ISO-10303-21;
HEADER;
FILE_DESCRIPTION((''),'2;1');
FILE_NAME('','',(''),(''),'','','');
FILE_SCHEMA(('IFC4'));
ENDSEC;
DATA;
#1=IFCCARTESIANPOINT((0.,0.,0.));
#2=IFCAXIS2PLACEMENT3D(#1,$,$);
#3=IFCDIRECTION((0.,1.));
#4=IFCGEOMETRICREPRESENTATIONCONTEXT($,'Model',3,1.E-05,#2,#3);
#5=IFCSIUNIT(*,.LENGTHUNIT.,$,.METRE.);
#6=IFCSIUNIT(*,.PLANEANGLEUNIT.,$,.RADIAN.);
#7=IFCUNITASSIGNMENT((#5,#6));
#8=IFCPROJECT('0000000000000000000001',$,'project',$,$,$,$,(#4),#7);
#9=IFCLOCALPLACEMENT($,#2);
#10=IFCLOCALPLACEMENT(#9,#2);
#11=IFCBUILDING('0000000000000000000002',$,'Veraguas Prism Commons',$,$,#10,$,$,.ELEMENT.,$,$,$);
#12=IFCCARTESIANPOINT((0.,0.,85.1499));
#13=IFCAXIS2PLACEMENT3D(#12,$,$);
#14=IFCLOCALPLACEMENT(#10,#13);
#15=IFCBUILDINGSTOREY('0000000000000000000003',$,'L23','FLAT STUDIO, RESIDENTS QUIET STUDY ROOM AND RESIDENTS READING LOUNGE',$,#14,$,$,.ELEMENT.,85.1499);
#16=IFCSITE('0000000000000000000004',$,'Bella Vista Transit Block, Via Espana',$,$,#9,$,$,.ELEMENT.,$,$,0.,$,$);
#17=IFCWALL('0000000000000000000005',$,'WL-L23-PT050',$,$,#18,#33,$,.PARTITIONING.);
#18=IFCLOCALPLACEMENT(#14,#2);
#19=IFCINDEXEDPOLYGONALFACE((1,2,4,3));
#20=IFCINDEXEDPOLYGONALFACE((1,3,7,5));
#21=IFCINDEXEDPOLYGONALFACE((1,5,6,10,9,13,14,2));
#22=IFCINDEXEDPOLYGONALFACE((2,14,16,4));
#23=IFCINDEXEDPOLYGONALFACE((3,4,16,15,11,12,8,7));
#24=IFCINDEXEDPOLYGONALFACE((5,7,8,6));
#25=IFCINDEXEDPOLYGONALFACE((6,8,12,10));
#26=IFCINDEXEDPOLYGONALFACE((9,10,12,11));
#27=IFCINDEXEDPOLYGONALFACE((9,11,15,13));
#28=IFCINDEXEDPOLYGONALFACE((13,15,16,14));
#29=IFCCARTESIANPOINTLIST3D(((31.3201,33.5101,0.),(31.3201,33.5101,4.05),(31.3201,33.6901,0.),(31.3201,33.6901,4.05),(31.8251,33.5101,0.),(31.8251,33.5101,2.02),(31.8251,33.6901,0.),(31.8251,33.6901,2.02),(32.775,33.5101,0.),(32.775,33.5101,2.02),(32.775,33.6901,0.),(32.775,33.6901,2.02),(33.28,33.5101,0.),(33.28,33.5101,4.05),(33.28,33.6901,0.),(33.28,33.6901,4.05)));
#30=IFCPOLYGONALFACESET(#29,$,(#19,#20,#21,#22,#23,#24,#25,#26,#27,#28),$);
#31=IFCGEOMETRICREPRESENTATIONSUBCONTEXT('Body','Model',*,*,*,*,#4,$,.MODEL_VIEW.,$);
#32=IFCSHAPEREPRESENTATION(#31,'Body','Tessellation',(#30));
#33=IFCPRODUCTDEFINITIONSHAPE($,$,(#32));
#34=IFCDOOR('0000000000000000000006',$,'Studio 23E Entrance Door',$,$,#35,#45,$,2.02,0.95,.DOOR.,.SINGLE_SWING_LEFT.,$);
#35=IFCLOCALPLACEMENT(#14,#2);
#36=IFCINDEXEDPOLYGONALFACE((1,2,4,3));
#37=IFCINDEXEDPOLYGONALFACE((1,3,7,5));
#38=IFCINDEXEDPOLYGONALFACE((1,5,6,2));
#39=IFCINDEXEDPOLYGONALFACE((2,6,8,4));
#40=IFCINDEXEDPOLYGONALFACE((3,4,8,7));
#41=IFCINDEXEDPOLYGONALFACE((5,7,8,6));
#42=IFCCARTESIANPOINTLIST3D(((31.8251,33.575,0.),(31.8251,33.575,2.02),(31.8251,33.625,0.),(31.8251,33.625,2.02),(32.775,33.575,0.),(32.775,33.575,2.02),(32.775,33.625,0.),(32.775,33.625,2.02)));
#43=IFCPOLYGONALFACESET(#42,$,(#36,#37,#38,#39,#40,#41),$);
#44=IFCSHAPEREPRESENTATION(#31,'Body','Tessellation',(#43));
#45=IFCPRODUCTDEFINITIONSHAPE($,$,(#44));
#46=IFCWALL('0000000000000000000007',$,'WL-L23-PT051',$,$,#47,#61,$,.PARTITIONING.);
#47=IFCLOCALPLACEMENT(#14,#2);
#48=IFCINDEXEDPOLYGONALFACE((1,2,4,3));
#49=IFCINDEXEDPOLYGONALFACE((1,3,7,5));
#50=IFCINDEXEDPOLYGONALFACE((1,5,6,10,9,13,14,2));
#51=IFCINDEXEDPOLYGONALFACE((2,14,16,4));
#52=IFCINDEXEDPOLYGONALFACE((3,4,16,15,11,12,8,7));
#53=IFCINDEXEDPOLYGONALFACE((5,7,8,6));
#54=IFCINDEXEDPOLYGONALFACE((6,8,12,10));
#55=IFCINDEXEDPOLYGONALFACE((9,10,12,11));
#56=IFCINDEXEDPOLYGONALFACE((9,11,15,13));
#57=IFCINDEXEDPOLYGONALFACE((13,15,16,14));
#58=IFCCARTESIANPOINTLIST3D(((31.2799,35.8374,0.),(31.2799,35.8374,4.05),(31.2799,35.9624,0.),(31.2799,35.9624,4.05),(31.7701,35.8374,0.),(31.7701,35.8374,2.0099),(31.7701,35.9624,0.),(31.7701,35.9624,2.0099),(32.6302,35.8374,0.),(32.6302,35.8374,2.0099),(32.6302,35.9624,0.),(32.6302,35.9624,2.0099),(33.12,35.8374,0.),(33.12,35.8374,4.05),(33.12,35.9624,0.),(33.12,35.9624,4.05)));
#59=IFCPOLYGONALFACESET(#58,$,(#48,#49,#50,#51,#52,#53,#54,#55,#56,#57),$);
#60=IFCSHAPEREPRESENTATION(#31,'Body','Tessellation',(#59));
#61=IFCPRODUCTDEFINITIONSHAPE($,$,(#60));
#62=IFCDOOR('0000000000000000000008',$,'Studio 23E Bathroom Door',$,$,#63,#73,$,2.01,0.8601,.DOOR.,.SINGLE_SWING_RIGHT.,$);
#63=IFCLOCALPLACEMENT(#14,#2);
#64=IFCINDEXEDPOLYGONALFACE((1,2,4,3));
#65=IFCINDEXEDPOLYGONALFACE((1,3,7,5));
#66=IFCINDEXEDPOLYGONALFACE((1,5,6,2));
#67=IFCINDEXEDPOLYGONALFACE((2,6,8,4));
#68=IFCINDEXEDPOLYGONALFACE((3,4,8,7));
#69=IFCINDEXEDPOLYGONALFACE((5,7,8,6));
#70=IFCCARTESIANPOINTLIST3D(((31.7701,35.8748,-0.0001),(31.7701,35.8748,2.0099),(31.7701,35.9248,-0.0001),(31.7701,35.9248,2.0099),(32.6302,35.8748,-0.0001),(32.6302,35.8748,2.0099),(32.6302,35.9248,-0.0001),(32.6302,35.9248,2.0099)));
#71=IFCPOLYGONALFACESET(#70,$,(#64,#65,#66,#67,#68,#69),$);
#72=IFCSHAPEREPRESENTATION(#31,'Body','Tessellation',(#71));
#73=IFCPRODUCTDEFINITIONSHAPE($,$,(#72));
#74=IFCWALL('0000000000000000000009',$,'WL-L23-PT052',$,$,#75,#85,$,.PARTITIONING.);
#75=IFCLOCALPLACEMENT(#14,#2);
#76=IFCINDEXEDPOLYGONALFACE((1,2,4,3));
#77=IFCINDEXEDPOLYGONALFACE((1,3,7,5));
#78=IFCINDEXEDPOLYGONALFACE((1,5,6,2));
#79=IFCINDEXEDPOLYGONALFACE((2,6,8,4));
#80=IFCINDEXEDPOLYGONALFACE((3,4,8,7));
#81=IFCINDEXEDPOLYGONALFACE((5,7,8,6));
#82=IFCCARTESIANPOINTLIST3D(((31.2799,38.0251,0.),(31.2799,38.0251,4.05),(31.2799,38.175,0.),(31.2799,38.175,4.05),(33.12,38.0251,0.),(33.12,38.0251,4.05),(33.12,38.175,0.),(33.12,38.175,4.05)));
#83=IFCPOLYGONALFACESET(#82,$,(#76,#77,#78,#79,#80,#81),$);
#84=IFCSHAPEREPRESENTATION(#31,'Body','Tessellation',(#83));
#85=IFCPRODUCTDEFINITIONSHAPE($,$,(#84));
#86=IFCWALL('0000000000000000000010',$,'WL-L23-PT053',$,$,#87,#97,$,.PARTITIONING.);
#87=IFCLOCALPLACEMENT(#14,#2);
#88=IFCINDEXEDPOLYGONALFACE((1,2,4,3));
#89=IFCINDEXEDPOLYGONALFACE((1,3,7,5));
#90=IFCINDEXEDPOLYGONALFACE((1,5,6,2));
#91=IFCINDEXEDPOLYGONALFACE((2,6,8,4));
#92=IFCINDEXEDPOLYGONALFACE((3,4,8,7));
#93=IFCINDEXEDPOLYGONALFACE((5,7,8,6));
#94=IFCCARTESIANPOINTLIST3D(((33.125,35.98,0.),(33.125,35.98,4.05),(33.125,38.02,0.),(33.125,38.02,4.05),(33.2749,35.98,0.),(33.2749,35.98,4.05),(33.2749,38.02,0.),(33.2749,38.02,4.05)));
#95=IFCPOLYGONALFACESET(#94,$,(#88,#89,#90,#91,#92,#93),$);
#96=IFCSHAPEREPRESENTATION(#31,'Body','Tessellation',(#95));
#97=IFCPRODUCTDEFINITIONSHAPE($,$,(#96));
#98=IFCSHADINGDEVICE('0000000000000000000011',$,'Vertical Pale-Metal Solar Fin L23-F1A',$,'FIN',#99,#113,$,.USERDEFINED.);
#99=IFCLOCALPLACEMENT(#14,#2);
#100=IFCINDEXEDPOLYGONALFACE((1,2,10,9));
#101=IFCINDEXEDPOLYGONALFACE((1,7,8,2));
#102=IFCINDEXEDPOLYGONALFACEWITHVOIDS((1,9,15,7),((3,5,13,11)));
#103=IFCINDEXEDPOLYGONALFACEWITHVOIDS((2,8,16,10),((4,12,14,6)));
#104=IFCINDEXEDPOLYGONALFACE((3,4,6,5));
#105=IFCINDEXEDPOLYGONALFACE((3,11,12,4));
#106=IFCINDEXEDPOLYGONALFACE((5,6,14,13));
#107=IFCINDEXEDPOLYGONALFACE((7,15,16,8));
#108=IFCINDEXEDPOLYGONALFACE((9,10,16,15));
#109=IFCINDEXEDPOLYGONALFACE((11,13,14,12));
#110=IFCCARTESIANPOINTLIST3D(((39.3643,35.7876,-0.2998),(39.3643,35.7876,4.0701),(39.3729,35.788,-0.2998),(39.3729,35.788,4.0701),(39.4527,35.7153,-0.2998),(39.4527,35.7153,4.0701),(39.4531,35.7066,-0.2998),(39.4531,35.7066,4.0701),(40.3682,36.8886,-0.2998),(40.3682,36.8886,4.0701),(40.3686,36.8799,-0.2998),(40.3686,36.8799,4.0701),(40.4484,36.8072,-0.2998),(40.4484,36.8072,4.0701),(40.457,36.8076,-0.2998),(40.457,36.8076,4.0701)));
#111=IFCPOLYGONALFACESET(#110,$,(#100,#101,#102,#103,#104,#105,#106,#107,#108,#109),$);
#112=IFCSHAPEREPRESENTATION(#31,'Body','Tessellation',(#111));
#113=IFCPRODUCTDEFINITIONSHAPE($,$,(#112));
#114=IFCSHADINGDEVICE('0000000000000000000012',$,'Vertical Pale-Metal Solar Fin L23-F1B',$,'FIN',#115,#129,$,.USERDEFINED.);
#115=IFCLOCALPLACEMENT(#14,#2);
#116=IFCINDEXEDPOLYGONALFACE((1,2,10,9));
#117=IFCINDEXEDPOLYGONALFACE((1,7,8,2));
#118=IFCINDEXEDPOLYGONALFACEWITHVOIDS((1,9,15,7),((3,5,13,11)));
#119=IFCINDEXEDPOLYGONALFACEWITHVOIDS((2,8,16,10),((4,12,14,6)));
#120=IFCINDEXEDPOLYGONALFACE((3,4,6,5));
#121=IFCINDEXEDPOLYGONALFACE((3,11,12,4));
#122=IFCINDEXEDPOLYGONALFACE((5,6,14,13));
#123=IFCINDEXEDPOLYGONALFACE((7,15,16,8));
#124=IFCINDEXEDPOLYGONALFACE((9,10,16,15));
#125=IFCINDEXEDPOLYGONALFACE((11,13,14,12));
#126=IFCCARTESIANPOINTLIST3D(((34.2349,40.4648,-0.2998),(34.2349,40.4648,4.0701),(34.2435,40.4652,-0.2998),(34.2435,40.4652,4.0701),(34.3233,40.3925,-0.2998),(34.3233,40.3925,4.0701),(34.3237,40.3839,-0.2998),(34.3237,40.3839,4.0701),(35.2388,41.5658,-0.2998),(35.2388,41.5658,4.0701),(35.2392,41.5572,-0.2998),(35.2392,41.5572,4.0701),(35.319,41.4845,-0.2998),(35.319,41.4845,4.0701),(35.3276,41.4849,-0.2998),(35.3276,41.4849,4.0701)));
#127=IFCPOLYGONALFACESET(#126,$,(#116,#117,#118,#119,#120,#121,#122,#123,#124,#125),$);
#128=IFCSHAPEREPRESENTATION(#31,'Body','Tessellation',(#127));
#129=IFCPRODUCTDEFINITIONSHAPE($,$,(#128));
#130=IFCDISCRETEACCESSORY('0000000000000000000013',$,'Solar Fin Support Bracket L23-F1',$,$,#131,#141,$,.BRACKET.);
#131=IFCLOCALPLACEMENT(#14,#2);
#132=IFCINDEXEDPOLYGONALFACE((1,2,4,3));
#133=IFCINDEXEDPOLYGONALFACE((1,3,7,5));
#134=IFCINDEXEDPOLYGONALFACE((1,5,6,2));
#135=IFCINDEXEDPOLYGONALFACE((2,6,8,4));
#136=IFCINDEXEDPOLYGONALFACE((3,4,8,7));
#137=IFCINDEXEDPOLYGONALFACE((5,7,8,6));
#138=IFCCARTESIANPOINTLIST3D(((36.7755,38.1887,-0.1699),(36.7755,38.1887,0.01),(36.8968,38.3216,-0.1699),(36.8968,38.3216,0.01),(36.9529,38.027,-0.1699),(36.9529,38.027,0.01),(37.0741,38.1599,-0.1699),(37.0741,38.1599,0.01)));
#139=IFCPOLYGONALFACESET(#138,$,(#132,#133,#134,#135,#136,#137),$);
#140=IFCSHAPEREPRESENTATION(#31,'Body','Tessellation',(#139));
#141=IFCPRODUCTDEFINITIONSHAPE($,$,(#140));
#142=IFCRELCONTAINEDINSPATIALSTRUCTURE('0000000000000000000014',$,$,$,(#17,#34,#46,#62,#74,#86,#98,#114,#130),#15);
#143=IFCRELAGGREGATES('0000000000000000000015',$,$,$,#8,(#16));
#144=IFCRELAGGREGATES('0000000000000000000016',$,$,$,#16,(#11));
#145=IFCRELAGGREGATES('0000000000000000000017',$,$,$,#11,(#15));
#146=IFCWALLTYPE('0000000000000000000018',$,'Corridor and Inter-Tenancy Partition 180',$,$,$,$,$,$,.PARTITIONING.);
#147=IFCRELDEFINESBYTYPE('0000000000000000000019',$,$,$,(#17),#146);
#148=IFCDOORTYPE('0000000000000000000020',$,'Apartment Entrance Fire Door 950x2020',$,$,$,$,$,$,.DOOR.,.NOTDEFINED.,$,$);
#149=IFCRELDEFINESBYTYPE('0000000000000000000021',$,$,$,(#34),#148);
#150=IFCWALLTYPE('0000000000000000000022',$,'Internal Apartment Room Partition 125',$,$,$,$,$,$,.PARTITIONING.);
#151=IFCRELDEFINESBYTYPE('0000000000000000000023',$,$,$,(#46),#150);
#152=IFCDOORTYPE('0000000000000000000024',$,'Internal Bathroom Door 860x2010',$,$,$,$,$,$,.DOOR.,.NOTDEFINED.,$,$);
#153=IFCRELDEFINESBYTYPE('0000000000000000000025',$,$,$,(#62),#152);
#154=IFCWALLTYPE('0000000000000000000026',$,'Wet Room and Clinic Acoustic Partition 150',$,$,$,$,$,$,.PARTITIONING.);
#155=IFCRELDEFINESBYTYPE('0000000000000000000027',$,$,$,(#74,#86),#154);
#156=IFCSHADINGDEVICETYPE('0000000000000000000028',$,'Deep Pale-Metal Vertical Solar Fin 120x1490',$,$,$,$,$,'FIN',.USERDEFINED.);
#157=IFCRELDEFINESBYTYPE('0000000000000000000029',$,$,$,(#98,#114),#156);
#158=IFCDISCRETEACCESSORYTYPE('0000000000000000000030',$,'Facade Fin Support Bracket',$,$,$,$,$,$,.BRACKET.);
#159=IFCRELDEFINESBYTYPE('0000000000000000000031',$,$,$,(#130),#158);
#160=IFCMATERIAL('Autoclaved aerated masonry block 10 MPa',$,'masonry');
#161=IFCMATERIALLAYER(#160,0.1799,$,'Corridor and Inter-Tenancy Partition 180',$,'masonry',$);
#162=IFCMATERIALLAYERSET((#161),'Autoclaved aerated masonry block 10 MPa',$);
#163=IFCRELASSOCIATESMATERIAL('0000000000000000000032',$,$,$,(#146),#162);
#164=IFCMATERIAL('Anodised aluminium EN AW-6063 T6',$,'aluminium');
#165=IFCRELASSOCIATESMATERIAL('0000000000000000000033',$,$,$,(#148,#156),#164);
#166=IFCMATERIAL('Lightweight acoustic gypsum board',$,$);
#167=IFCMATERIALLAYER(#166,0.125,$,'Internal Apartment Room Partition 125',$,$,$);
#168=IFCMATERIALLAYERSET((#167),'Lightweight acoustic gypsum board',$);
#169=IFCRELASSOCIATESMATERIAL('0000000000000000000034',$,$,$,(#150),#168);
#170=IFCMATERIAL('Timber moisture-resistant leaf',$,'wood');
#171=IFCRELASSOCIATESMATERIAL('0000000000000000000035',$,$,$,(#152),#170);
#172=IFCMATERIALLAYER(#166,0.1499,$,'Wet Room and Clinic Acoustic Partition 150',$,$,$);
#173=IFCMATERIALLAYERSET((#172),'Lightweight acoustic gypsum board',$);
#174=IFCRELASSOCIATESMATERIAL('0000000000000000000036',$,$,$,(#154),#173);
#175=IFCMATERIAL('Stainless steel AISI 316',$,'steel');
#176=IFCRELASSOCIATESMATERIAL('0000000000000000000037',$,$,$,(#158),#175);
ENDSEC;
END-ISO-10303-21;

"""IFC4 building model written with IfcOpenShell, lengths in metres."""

from ifc_helpers import new_model, si_unit, direction, frame, frame_2d, origin, origin_2d, place, context, subcontext, project, spatial, rectangle, hollow_rectangle, extrude, source, transform, mapped, material, layer, layer_set, material_profile, profile_set, type_object, element, fill, save


model = new_model("IFC4")

# Units and contexts
model_context = context("Model", 3, precision=1e-05, world=origin(), true_north=direction((0.0, 1.0)))
body_context = subcontext(model_context, "Body", "Model", "MODEL_VIEW")
ifc_project = project(units=[si_unit("LENGTHUNIT", "METRE"), si_unit("PLANEANGLEUNIT", "RADIAN")], contexts=[model_context])

# Site, building, storey
site_placement = place(None, origin())
site = spatial("IfcSite", under=ifc_project, at=site_placement, Name="Bella Vista Transit Block, Via Espana", CompositionType="ELEMENT", RefElevation=0.0)
building_placement = place(site_placement, origin())
building = spatial("IfcBuilding", under=site, at=building_placement, Name="Veraguas Prism Commons", CompositionType="ELEMENT")
storey_placement = place(building_placement, frame((0.0, 0.0, 85.1499)))
storey = spatial("IfcBuildingStorey", under=building, at=storey_placement, Name="L23", Description="FLAT STUDIO, RESIDENTS QUIET STUDY ROOM AND RESIDENTS READING LOUNGE", CompositionType="ELEMENT", Elevation=85.1499)

# Shared definitions
ifc_material_1 = material(Name="Anodised aluminium EN AW-6063 T6", Category="aluminium")

# Shared definitions
ifc_material_2 = material(Name="Autoclaved aerated masonry block 10 MPa", Category="masonry")
ifc_layer_1 = layer(ifc_material_2, 0.1799, Name="Corridor and Inter-Tenancy Partition 180", Category="masonry")
ifc_layer_set_1 = layer_set([ifc_layer_1], Name="Autoclaved aerated masonry block 10 MPa")
wall_type_1 = type_object("IfcWallType", Name="Corridor and Inter-Tenancy Partition 180", PredefinedType="PARTITIONING", material=ifc_layer_set_1)

# Walls, openings, doors
wall_1_placement = place(storey_placement, frame((31.3201, 33.6001, 0.0), z_axis=(0.0, 0.0, 1.0), x_axis=(1.0, 0.0, 0.0)))
wall_1 = element("IfcWall", 1, at=wall_1_placement, inside=storey, type_object=wall_type_1, Name="WL-L23-PT050", PredefinedType="PARTITIONING", context=body_context, shape_type="SweptSolid", body=[
    extrude(rectangle(XDim=1.96, YDim=0.1799, at=frame_2d((0.98, 0.0))), origin(), (0.0, 0.0, 1.0), 4.05),
])
opening_1_placement = place(wall_1_placement, frame((0.5049, 0.0, 0.0)))
opening_1 = element("IfcOpeningElement", 2, at=opening_1_placement, cuts=wall_1, PredefinedType="OPENING", context=body_context, shape_type="SweptSolid", body=[
    extrude(rectangle(XDim=0.95, YDim=2.02, at=frame_2d((0.4751, 1.01))), frame((0.0, 0.0999, 0.0), z_axis=(0.0, -1.0, 0.0), x_axis=(1.0, 0.0, 0.0)), (0.0, 0.0, 1.0), 0.2),
])
door_type_1 = type_object("IfcDoorType", Name="Apartment Entrance Fire Door 950x2020", OperationType="NOTDEFINED", PredefinedType="DOOR", material=ifc_material_1)
shared_shape_1 = source(origin(), body_context, "Body", "SweptSolid", [
    extrude(rectangle(XDim=0.95, YDim=2.02, at=frame_2d((0.4751, 1.01))), frame((0.0, 0.0249, 0.0), z_axis=(0.0, -1.0, 0.0), x_axis=(1.0, 0.0, 0.0)), (0.0, 0.0, 1.0), 0.05),
])
door_1_placement = place(opening_1_placement, origin())
door_1 = element("IfcDoor", 3, at=door_1_placement, inside=storey, type_object=door_type_1, Name="Studio 23E Entrance Door", OperationType="SINGLE_SWING_LEFT", OverallHeight=2.02, OverallWidth=0.95, PredefinedType="DOOR", context=body_context, shape_type="MappedRepresentation", body=[
    mapped(shared_shape_1, transform((0.0, 0.0, 0.0), scale=1.0)),
])
fill(opening_1, door_1)
ifc_material_3 = material(Name="Lightweight acoustic gypsum board")
ifc_layer_2 = layer(ifc_material_3, 0.125, Name="Internal Apartment Room Partition 125")
ifc_layer_set_2 = layer_set([ifc_layer_2], Name="Lightweight acoustic gypsum board")
wall_type_2 = type_object("IfcWallType", Name="Internal Apartment Room Partition 125", PredefinedType="PARTITIONING", material=ifc_layer_set_2)
wall_2_placement = place(storey_placement, frame((31.28, 35.8999, 0.0), z_axis=(0.0, 0.0, 1.0), x_axis=(1.0, 0.0, 0.0)))
wall_2 = element("IfcWall", 4, at=wall_2_placement, inside=storey, type_object=wall_type_2, Name="WL-L23-PT051", PredefinedType="PARTITIONING", context=body_context, shape_type="SweptSolid", body=[
    extrude(rectangle(XDim=1.8401, YDim=0.125, at=frame_2d((0.9199, 0.0))), origin(), (0.0, 0.0, 1.0), 4.05),
])
opening_2_placement = place(wall_2_placement, frame((0.49, 0.0, 0.0)))
opening_2 = element("IfcOpeningElement", 5, at=opening_2_placement, cuts=wall_2, PredefinedType="OPENING", context=body_context, shape_type="SweptSolid", body=[
    extrude(rectangle(XDim=0.8601, YDim=2.01, at=frame_2d((0.4302, 1.0049))), frame((0.0, 0.0725, 0.0), z_axis=(0.0, -1.0, 0.0), x_axis=(1.0, 0.0, 0.0)), (0.0, 0.0, 1.0), 0.145),
])
ifc_material_4 = material(Name="Timber moisture-resistant leaf", Category="wood")
door_type_2 = type_object("IfcDoorType", Name="Internal Bathroom Door 860x2010", OperationType="NOTDEFINED", PredefinedType="DOOR", material=ifc_material_4)
shared_shape_2 = source(origin(), body_context, "Body", "SweptSolid", [
    extrude(rectangle(XDim=0.8601, YDim=2.01, at=frame_2d((0.4302, 1.0049))), frame((0.0, 0.0249, 0.0), z_axis=(0.0, -1.0, 0.0), x_axis=(1.0, 0.0, 0.0)), (0.0, 0.0, 1.0), 0.05),
])
door_2_placement = place(opening_2_placement, origin())
door_2 = element("IfcDoor", 6, at=door_2_placement, inside=storey, type_object=door_type_2, Name="Studio 23E Bathroom Door", OperationType="SINGLE_SWING_RIGHT", OverallHeight=2.01, OverallWidth=0.8601, PredefinedType="DOOR", context=body_context, shape_type="MappedRepresentation", body=[
    mapped(shared_shape_2, transform((0.0, 0.0, 0.0), scale=1.0)),
])
fill(opening_2, door_2)

# Walls
ifc_layer_3 = layer(ifc_material_3, 0.1499, Name="Wet Room and Clinic Acoustic Partition 150")
ifc_layer_set_3 = layer_set([ifc_layer_3], Name="Lightweight acoustic gypsum board")
wall_type_3 = type_object("IfcWallType", Name="Wet Room and Clinic Acoustic Partition 150", PredefinedType="PARTITIONING", material=ifc_layer_set_3)
wall_3_placement = place(storey_placement, frame((31.28, 38.1001, 0.0), z_axis=(0.0, 0.0, 1.0), x_axis=(1.0, 0.0, 0.0)))
element("IfcWall", 7, at=wall_3_placement, inside=storey, type_object=wall_type_3, Name="WL-L23-PT052", PredefinedType="PARTITIONING", context=body_context, shape_type="SweptSolid", body=[
    extrude(rectangle(XDim=1.8401, YDim=0.1499, at=frame_2d((0.9199, 0.0))), origin(), (0.0, 0.0, 1.0), 4.05),
])
wall_4_placement = place(storey_placement, frame((33.2, 35.98, 0.0), z_axis=(0.0, 0.0, 1.0), x_axis=(0.0, 1.0, 0.0)))
element("IfcWall", 8, at=wall_4_placement, inside=storey, type_object=wall_type_3, Name="WL-L23-PT053", PredefinedType="PARTITIONING", context=body_context, shape_type="SweptSolid", body=[
    extrude(rectangle(XDim=2.04, YDim=0.1499, at=frame_2d((1.02, 0.0))), origin(), (0.0, 0.0, 1.0), 4.05),
])

# Shading devices
ifc_material_profile_1 = material_profile(ifc_material_1, hollow_rectangle(XDim=0.1201, YDim=1.49, WallThickness=0.0061, at=origin_2d()), Name="FIN120X1490X6")
ifc_profile_set_1 = profile_set([ifc_material_profile_1], Name="Anodised aluminium EN AW-6063 T6")
shading_device_type = type_object("IfcShadingDeviceType", Name="Deep Pale-Metal Vertical Solar Fin 120x1490", ElementType="FIN", PredefinedType="USERDEFINED", material=ifc_profile_set_1)
for number, where, z_axis, x_axis, name in (
    (9, (39.9106, 36.2976, -0.2998), (0.0, 0.0, 1.0), (-0.738925, 0.673788, 0.0), "Vertical Pale-Metal Solar Fin L23-F1A"),
    (10, (34.7812, 40.9749, -0.2998), (0.0, 0.0, 1.0), (-0.738925, 0.673788, 0.0), "Vertical Pale-Metal Solar Fin L23-F1B"),
):
    element("IfcShadingDevice", number, at=place(storey_placement, frame(where, z_axis=z_axis, x_axis=x_axis)), inside=storey, type_object=shading_device_type, Name=name, ObjectType="FIN", PredefinedType="USERDEFINED", context=body_context, shape_type="SweptSolid", body=[
        extrude(hollow_rectangle(XDim=0.1201, YDim=1.49, WallThickness=0.0061, at=origin_2d()), origin(), (0.0, 0.0, 1.0), 4.3699),
    ])

# Discrete accessory
ifc_material_5 = material(Name="Stainless steel AISI 316", Category="steel")
discrete_accessory_type = type_object("IfcDiscreteAccessoryType", Name="Facade Fin Support Bracket", PredefinedType="BRACKET", material=ifc_material_5)
shared_shape_3 = source(origin(), body_context, "Body", "SweptSolid", [
    extrude(rectangle(XDim=0.24, YDim=0.1799, at=origin_2d()), origin(), (0.0, 0.0, 1.0), 0.1799),
])
discrete_accessory_placement = place(storey_placement, frame((36.9248, 38.1743, -0.1699), z_axis=(0.0, 0.0, 1.0), x_axis=(-0.738925, 0.673788, 0.0)))
element("IfcDiscreteAccessory", 11, at=discrete_accessory_placement, inside=storey, type_object=discrete_accessory_type, Name="Solar Fin Support Bracket L23-F1", PredefinedType="BRACKET", context=body_context, shape_type="MappedRepresentation", body=[
    mapped(shared_shape_3, transform((0.0, 0.0, 0.0), scale=1.0)),
])

save(model, "model.ifc")
